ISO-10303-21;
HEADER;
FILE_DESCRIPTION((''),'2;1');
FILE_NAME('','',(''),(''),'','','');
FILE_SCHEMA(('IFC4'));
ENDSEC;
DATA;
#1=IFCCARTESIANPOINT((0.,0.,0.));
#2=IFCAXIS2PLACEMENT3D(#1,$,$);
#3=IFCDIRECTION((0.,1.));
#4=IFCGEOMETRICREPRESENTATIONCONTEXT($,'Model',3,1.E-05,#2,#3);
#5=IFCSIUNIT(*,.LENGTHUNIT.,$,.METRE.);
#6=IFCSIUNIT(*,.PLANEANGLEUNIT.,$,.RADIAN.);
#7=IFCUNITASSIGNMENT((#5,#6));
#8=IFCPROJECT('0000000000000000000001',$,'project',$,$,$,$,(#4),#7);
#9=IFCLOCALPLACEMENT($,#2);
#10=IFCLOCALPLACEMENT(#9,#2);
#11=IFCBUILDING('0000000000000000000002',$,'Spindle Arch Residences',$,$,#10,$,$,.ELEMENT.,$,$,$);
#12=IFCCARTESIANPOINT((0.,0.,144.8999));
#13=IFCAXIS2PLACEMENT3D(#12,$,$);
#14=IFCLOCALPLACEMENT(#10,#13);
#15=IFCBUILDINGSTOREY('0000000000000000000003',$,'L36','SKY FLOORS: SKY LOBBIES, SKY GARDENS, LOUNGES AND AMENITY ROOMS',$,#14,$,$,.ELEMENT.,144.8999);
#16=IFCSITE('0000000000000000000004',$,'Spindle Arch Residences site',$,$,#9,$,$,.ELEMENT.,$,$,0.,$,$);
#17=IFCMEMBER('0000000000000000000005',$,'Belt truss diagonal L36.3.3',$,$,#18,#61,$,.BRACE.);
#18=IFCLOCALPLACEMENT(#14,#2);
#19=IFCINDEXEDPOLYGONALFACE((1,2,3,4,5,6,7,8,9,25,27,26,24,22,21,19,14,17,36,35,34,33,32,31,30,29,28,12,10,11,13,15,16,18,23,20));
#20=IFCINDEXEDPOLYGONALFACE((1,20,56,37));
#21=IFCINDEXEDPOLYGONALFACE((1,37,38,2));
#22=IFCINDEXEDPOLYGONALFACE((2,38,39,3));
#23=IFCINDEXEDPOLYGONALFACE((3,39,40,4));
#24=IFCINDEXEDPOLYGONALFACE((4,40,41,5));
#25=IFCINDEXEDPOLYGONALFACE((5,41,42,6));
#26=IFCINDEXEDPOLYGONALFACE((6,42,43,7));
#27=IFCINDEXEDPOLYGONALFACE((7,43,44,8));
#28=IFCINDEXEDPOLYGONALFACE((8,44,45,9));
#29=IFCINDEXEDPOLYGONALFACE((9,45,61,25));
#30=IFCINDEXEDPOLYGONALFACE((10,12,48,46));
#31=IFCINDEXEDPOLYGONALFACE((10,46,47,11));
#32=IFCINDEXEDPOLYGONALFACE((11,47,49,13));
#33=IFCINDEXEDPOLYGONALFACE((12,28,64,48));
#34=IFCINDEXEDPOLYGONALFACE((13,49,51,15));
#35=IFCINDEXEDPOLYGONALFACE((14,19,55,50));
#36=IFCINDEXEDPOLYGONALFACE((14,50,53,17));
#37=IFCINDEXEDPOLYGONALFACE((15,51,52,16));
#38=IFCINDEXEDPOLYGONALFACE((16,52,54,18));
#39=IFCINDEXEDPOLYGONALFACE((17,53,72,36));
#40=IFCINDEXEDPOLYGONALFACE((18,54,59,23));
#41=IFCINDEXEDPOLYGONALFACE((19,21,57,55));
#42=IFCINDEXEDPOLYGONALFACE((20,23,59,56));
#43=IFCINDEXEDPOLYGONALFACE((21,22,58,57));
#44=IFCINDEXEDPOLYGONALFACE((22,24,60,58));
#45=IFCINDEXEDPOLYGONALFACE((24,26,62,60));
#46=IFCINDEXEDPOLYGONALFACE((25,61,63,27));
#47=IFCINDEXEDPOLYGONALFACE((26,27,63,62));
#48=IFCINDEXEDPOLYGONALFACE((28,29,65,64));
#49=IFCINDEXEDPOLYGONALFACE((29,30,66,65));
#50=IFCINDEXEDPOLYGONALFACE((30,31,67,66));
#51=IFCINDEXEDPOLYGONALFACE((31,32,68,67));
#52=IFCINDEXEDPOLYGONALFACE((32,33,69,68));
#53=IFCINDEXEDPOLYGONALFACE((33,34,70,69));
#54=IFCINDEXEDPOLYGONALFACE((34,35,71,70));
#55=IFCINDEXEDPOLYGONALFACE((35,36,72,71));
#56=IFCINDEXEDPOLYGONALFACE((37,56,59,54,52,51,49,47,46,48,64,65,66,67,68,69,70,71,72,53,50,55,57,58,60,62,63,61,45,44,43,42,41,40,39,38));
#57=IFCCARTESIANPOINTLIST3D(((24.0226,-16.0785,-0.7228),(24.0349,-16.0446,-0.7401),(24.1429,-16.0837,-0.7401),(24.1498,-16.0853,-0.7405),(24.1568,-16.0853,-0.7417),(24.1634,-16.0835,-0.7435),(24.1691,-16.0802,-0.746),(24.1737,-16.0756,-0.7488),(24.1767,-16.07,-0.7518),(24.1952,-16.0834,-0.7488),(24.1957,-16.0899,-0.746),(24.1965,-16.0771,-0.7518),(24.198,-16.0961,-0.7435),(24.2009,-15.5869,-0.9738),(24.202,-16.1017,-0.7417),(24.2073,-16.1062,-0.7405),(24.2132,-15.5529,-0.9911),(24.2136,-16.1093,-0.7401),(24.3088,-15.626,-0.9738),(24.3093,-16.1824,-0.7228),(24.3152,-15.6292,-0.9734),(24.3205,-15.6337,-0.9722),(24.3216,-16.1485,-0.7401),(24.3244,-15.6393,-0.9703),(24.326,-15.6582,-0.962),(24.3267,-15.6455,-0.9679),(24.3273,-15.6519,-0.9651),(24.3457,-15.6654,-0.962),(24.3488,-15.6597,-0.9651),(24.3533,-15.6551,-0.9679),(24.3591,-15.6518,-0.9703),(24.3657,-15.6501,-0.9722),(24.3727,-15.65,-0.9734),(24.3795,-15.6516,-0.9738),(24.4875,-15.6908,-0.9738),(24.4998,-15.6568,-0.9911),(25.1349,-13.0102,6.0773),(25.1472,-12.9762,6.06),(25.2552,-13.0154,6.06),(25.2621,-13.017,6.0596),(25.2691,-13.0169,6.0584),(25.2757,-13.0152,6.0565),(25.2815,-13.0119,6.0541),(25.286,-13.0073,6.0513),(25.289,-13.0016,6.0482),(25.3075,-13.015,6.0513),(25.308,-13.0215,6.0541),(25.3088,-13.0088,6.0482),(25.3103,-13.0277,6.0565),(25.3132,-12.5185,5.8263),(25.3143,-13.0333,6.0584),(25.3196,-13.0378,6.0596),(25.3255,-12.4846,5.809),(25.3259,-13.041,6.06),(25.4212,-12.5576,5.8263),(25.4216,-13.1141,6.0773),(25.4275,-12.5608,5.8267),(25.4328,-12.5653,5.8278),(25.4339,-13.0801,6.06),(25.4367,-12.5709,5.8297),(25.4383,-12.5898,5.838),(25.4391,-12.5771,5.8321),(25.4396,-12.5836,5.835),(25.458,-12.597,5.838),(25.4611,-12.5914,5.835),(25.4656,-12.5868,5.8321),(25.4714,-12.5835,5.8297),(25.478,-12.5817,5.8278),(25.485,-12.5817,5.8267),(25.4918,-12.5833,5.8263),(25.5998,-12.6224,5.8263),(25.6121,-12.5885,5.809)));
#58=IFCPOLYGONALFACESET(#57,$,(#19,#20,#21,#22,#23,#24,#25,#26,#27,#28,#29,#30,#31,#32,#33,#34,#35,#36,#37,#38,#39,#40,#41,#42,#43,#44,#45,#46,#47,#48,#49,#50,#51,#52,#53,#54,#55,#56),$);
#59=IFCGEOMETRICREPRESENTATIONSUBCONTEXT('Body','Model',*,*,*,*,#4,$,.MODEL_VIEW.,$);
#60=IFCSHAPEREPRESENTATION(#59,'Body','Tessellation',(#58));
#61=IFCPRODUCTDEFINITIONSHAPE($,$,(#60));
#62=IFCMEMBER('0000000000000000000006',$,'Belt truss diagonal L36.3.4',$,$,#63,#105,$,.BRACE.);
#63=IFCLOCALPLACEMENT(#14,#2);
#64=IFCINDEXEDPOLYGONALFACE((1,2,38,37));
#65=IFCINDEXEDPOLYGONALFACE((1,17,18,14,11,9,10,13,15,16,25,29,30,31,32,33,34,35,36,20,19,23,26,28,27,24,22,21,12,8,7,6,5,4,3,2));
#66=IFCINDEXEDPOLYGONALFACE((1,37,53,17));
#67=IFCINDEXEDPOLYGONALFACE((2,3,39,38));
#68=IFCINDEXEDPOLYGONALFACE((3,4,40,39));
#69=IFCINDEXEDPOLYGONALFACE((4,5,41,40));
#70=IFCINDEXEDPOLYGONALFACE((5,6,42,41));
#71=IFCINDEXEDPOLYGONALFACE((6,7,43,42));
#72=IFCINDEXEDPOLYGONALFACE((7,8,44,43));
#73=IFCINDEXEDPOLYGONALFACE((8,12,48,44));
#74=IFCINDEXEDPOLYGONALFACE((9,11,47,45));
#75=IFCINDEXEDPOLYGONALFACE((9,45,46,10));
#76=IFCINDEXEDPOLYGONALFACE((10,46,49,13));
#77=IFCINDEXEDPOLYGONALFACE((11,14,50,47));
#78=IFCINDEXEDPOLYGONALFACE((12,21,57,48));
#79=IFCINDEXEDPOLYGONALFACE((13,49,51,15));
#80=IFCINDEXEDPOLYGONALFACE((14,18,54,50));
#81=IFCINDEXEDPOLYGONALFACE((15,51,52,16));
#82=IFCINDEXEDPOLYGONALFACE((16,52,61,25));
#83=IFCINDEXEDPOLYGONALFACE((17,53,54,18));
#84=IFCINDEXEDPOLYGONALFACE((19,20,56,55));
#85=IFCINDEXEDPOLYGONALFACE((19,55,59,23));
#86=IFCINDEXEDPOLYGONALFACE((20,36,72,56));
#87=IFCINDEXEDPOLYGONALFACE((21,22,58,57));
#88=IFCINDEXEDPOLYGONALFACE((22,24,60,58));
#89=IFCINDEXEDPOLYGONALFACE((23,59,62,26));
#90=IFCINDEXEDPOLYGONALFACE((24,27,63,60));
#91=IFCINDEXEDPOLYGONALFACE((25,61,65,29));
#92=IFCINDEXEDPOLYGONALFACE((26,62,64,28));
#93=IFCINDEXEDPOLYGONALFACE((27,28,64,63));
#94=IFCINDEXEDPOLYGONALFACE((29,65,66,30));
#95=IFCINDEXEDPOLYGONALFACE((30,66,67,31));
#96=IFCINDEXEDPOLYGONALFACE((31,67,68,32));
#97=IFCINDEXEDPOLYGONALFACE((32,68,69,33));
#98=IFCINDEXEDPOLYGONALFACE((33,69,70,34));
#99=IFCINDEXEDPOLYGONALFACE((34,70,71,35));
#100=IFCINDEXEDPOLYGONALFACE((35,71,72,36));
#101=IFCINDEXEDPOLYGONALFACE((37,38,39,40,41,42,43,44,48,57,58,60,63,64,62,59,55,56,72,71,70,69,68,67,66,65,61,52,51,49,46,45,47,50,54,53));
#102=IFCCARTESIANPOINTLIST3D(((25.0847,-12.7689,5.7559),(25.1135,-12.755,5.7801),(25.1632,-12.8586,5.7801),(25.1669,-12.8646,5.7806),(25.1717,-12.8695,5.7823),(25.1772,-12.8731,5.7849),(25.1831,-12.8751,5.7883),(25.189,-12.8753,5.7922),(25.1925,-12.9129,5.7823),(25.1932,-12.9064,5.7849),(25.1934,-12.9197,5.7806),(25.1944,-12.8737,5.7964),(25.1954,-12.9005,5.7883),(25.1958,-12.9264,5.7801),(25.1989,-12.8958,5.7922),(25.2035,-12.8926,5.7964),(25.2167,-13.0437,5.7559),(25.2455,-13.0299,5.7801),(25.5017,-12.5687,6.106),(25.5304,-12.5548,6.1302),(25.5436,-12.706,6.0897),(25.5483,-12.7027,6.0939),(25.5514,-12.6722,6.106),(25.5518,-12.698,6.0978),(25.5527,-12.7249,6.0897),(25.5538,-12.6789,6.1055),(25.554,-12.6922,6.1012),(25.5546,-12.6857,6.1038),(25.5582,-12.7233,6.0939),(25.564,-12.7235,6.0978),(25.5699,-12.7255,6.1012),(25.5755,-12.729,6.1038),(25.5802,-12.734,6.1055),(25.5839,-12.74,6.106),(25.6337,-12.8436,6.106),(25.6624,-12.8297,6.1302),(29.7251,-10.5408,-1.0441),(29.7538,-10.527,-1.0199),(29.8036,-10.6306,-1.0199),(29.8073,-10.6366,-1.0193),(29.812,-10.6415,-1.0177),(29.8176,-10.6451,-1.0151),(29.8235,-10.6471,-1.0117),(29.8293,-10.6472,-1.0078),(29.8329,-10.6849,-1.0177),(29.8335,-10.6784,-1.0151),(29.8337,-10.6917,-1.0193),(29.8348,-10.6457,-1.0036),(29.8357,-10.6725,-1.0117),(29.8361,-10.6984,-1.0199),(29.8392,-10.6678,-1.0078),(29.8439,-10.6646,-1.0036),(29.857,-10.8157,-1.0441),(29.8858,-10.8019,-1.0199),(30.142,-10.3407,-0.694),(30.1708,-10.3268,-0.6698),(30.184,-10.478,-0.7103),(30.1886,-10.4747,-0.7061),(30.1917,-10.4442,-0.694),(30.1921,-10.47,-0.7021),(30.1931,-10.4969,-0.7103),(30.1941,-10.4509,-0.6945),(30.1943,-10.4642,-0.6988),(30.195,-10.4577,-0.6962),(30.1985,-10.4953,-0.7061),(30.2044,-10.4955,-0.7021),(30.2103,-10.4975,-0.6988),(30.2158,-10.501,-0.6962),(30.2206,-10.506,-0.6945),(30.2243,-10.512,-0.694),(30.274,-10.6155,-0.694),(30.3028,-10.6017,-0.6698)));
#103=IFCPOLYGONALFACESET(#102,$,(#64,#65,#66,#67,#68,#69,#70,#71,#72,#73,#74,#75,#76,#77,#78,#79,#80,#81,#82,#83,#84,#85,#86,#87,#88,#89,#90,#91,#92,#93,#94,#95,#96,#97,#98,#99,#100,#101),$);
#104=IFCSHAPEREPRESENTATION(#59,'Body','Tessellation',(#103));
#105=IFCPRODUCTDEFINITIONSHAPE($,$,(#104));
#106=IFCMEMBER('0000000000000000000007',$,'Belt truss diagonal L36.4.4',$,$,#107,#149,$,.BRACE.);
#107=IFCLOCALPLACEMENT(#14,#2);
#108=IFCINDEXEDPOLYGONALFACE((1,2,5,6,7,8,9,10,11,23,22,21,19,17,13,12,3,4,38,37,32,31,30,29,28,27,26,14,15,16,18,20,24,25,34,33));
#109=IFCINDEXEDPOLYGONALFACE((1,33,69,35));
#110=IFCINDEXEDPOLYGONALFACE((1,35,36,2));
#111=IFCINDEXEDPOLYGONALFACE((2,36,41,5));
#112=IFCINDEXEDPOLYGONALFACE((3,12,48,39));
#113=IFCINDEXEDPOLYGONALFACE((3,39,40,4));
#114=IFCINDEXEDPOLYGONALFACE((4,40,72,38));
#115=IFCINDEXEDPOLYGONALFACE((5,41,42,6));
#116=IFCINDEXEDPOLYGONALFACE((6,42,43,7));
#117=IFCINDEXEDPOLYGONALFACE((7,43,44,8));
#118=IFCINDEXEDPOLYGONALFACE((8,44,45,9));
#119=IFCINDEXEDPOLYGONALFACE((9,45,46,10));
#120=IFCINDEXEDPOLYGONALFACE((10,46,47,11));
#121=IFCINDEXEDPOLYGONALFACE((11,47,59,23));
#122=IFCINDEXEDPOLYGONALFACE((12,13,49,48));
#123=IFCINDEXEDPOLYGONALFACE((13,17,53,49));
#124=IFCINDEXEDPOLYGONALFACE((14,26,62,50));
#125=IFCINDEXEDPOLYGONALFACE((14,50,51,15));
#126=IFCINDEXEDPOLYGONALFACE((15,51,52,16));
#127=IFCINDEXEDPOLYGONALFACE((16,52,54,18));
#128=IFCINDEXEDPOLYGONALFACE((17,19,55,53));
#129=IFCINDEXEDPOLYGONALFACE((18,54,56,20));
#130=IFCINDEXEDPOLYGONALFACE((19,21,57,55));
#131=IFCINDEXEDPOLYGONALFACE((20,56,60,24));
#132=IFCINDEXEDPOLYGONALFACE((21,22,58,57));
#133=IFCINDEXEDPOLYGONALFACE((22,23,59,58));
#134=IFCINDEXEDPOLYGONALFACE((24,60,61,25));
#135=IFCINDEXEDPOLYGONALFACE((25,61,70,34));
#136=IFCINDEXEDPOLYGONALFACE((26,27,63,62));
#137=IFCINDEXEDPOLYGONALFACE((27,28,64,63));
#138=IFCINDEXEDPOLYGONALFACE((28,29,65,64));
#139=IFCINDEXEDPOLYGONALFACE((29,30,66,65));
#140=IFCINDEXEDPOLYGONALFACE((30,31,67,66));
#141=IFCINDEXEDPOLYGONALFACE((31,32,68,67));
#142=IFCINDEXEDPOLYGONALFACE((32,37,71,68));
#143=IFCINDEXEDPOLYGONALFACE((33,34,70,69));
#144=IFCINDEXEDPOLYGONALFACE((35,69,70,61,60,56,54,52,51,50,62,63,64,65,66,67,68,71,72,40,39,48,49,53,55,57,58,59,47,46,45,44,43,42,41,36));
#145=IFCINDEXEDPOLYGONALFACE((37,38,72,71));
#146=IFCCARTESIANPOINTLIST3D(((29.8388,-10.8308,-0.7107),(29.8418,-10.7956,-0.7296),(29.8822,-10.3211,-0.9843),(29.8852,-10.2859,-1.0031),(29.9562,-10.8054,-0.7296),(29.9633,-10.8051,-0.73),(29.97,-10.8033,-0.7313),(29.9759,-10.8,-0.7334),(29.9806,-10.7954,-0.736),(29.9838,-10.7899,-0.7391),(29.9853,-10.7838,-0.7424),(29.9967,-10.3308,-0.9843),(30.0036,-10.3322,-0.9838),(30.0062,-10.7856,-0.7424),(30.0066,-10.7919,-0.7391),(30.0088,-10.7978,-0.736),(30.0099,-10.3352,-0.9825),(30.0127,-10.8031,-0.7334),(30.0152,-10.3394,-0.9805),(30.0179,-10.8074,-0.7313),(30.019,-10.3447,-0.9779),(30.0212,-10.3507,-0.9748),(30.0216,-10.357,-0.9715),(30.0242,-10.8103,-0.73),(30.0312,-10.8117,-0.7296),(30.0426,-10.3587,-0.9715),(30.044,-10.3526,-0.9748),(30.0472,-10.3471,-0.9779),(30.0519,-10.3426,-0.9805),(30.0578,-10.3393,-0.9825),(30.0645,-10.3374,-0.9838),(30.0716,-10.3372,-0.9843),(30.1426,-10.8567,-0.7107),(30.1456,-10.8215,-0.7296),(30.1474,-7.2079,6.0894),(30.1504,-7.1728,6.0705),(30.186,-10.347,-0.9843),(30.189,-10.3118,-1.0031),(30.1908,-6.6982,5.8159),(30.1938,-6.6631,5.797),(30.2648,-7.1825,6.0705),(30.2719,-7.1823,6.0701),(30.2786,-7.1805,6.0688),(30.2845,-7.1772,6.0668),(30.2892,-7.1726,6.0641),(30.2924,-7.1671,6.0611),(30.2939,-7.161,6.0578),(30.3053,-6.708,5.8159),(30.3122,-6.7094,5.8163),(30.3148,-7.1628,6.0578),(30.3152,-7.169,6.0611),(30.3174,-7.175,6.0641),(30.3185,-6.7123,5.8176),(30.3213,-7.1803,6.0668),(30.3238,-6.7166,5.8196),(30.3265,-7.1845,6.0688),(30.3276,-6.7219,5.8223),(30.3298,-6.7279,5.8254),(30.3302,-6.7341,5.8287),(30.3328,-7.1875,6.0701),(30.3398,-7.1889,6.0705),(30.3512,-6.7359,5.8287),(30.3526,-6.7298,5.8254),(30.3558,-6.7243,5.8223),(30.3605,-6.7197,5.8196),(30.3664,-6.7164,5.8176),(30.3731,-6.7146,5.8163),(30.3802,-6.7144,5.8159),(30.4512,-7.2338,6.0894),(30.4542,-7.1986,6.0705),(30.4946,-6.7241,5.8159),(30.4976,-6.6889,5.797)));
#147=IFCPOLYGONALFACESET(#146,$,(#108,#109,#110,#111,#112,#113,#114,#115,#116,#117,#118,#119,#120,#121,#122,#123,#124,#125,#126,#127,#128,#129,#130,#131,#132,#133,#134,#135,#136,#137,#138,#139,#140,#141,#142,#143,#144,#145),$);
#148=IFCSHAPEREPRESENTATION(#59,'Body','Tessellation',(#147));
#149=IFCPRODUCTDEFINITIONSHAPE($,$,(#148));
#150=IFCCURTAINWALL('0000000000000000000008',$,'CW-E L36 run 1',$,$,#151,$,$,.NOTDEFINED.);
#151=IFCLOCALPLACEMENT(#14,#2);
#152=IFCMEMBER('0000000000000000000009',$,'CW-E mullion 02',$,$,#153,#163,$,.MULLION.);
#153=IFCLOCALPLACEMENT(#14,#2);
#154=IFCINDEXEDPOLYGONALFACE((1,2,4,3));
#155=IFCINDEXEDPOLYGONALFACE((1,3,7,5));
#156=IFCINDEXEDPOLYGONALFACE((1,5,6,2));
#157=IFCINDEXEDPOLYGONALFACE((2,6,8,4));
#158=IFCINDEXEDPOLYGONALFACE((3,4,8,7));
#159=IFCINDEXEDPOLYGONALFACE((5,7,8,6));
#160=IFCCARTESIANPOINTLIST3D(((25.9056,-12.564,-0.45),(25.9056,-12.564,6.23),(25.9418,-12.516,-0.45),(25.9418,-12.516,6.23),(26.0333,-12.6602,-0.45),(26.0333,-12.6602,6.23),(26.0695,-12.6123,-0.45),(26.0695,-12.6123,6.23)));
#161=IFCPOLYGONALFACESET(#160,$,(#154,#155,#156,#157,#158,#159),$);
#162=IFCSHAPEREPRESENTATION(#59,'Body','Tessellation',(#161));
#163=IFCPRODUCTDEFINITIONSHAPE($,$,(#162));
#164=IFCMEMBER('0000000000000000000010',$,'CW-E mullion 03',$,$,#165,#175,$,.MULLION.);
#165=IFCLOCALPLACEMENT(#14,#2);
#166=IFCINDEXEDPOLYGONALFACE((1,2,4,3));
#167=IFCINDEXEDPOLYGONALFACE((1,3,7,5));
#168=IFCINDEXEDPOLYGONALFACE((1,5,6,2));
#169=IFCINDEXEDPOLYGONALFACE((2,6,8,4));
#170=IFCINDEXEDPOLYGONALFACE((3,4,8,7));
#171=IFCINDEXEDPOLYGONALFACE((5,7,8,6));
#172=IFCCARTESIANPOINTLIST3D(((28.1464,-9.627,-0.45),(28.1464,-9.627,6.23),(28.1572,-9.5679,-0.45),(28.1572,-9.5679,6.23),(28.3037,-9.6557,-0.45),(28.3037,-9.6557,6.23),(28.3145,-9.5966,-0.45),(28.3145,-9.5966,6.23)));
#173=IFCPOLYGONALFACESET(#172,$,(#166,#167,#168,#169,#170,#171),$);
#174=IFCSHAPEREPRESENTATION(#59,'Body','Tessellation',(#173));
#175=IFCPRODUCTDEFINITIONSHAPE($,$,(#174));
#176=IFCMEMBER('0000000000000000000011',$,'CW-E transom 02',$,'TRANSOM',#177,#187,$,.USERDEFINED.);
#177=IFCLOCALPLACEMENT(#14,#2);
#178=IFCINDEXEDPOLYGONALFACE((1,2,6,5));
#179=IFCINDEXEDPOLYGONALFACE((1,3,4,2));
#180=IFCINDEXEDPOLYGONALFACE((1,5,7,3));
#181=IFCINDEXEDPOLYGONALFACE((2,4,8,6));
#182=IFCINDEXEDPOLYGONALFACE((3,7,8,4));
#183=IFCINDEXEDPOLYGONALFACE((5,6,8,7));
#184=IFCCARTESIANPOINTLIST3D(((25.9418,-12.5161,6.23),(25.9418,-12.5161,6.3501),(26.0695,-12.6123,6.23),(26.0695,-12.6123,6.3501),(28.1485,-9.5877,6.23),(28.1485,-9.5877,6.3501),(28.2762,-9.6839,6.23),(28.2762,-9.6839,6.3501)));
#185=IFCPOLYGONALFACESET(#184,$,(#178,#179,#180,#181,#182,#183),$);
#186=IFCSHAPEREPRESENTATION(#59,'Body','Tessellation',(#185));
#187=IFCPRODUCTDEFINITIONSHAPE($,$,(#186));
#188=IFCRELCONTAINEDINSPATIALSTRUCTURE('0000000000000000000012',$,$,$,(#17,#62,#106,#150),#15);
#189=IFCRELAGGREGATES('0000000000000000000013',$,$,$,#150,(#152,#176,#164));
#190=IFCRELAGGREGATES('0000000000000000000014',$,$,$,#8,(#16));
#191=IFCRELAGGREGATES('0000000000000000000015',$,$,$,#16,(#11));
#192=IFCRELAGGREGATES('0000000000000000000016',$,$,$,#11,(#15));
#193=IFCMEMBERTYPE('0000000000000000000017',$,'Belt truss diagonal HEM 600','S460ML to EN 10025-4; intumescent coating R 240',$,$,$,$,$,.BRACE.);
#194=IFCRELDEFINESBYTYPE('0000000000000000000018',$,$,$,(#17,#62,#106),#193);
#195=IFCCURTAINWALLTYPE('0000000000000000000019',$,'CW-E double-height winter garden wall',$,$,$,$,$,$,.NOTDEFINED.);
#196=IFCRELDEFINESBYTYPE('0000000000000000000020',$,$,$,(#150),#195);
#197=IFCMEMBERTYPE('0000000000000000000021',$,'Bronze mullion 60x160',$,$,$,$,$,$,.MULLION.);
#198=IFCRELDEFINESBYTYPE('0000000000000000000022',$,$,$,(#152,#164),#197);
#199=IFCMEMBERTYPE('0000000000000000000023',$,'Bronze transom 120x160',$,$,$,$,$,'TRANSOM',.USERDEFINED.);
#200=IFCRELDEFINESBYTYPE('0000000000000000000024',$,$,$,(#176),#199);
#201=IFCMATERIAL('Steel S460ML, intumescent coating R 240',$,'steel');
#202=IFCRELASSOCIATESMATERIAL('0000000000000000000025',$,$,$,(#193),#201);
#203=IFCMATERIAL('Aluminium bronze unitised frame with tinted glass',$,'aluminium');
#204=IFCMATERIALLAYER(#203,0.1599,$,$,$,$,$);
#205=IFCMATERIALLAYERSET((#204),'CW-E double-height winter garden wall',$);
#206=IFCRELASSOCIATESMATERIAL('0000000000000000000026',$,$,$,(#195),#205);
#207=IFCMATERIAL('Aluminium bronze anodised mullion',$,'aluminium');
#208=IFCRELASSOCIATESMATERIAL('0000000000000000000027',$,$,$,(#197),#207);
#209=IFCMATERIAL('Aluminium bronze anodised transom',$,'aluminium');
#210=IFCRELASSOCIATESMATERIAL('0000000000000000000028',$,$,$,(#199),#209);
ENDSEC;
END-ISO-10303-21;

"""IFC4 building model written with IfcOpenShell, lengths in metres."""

from ifc_helpers import new_model, si_unit, direction, frame, origin, origin_2d, place, context, subcontext, project, spatial, rectangle, i_section, extrude, material, layer, layer_set, material_profile, profile_set, type_object, element, aggregate, save


model = new_model("IFC4")

# Units and contexts
model_context = context("Model", 3, precision=1e-05, world=origin(), true_north=direction((0.0, 1.0)))
body_context = subcontext(model_context, "Body", "Model", "MODEL_VIEW")
ifc_project = project(units=[si_unit("LENGTHUNIT", "METRE"), si_unit("PLANEANGLEUNIT", "RADIAN")], contexts=[model_context])

# Site, building, storey
site_placement = place(None, origin())
site = spatial("IfcSite", under=ifc_project, at=site_placement, Name="Spindle Arch Residences site", CompositionType="ELEMENT", RefElevation=0.0)
building_placement = place(site_placement, origin())
building = spatial("IfcBuilding", under=site, at=building_placement, Name="Spindle Arch Residences", CompositionType="ELEMENT")
storey_placement = place(building_placement, frame((0.0, 0.0, 144.8999)))
storey = spatial("IfcBuildingStorey", under=building, at=storey_placement, Name="L36", Description="SKY FLOORS: SKY LOBBIES, SKY GARDENS, LOUNGES AND AMENITY ROOMS", CompositionType="ELEMENT", Elevation=144.8999)

# Members
ifc_material_1 = material(Name="Steel S460ML, intumescent coating R 240", Category="steel")
ifc_material_profile_1 = material_profile(ifc_material_1, i_section(OverallWidth=0.3049, OverallDepth=0.6201, WebThickness=0.021, FlangeThickness=0.04, FilletRadius=0.0271, at=origin_2d()), Name="HEM 600")
ifc_profile_set_1 = profile_set([ifc_material_profile_1], Name="Steel S460ML, intumescent coating R 240")
member_type_1 = type_object("IfcMemberType", Name="Belt truss diagonal HEM 600", Description="S460ML to EN 10025-4; intumescent coating R 240", PredefinedType="BRACE", material=ifc_profile_set_1)
member_1_placement = place(storey_placement, frame((24.2612, -15.8677, -0.8569), z_axis=(0.147467, 0.406797, 0.901537), x_axis=(-0.940134, 0.340806, 0.0)))
element("IfcMember", 1, at=member_1_placement, inside=storey, type_object=member_type_1, Name="Belt truss diagonal L36.3.3", PredefinedType="BRACE", context=body_context, shape_type="SweptSolid", body=[
    extrude(i_section(OverallWidth=0.3049, OverallDepth=0.6201, WebThickness=0.021, FlangeThickness=0.04, FilletRadius=0.0271, at=origin_2d()), origin(), (0.0, 0.0, 1.0), 7.5427),
])
member_2_placement = place(storey_placement, frame((30.0139, -10.5713, -0.8569), z_axis=(-0.544093, -0.26124, 0.797318), x_axis=(0.432833, -0.901474, 0.0)))
element("IfcMember", 2, at=member_2_placement, inside=storey, type_object=member_type_1, Name="Belt truss diagonal L36.3.4", PredefinedType="BRACE", context=body_context, shape_type="SweptSolid", body=[
    extrude(i_section(OverallWidth=0.3049, OverallDepth=0.6201, WebThickness=0.021, FlangeThickness=0.04, FilletRadius=0.0271, at=origin_2d()), origin(), (0.0, 0.0, 1.0), 8.5286),
])
member_3_placement = place(storey_placement, frame((30.0139, -10.5713, -0.8569), z_axis=(0.04002, 0.469818, 0.881855), x_axis=(-0.996392, 0.084874, 0.0)))
element("IfcMember", 3, at=member_3_placement, inside=storey, type_object=member_type_1, Name="Belt truss diagonal L36.4.4", PredefinedType="BRACE", context=body_context, shape_type="SweptSolid", body=[
    extrude(i_section(OverallWidth=0.3049, OverallDepth=0.6201, WebThickness=0.021, FlangeThickness=0.04, FilletRadius=0.0271, at=origin_2d()), origin(), (0.0, 0.0, 1.0), 7.7112),
])

# Curtain wall, members
ifc_material_2 = material(Name="Aluminium bronze unitised frame with tinted glass", Category="aluminium")
ifc_layer_1 = layer(ifc_material_2, 0.1599)
ifc_layer_set_1 = layer_set([ifc_layer_1], Name="CW-E double-height winter garden wall")
curtain_wall_type = type_object("IfcCurtainWallType", Name="CW-E double-height winter garden wall", PredefinedType="NOTDEFINED", material=ifc_layer_set_1)
curtain_wall_placement = place(storey_placement, origin())
curtain_wall = element("IfcCurtainWall", 4, at=curtain_wall_placement, inside=storey, type_object=curtain_wall_type, Name="CW-E L36 run 1", PredefinedType="NOTDEFINED")
ifc_material_3 = material(Name="Aluminium bronze anodised mullion", Category="aluminium")
ifc_material_profile_2 = material_profile(ifc_material_3, rectangle(XDim=0.1599, YDim=0.0601, at=origin_2d()), Name="MU 60x160")
ifc_profile_set_2 = profile_set([ifc_material_profile_2], Name="Aluminium bronze anodised mullion")
member_type_2 = type_object("IfcMemberType", Name="Bronze mullion 60x160", PredefinedType="MULLION", material=ifc_profile_set_2)
member_4_placement = place(storey_placement, frame((25.9875, -12.5881, -0.45), z_axis=(0.0, 0.0, 1.0), x_axis=(-0.798636, 0.601815, 0.0)))
member_4 = element("IfcMember", 5, at=member_4_placement, type_object=member_type_2, Name="CW-E mullion 02", PredefinedType="MULLION", context=body_context, shape_type="SweptSolid", body=[
    extrude(rectangle(XDim=0.1599, YDim=0.0601, at=origin_2d()), origin(), (0.0, 0.0, 1.0), 6.6799),
])
member_5_placement = place(storey_placement, frame((28.2305, -9.6118, -0.45), z_axis=(0.0, 0.0, 1.0), x_axis=(-0.983781, 0.179375, 0.0)))
member_5 = element("IfcMember", 6, at=member_5_placement, type_object=member_type_2, Name="CW-E mullion 03", PredefinedType="MULLION", context=body_context, shape_type="SweptSolid", body=[
    extrude(rectangle(XDim=0.1599, YDim=0.0601, at=origin_2d()), origin(), (0.0, 0.0, 1.0), 6.6799),
])
ifc_material_4 = material(Name="Aluminium bronze anodised transom", Category="aluminium")
ifc_material_profile_3 = material_profile(ifc_material_4, rectangle(XDim=0.1599, YDim=0.1201, at=origin_2d()), Name="TR 120x160")
ifc_profile_set_3 = profile_set([ifc_material_profile_3], Name="Aluminium bronze anodised transom")
member_type_3 = type_object("IfcMemberType", Name="Bronze transom 120x160", ElementType="TRANSOM", PredefinedType="USERDEFINED", material=ifc_profile_set_3)
member_6_placement = place(storey_placement, frame((26.0056, -12.5642, 6.29), z_axis=(0.60182, 0.798632, 0.0), x_axis=(-0.798632, 0.60182, 0.0)))
member_6 = element("IfcMember", 7, at=member_6_placement, type_object=member_type_3, Name="CW-E transom 02", ObjectType="TRANSOM", PredefinedType="USERDEFINED", context=body_context, shape_type="SweptSolid", body=[
    extrude(rectangle(XDim=0.1599, YDim=0.1201, at=origin_2d()), origin(), (0.0, 0.0, 1.0), 3.6667),
])
aggregate(curtain_wall, [member_4, member_6, member_5])

save(model, "model.ifc")
